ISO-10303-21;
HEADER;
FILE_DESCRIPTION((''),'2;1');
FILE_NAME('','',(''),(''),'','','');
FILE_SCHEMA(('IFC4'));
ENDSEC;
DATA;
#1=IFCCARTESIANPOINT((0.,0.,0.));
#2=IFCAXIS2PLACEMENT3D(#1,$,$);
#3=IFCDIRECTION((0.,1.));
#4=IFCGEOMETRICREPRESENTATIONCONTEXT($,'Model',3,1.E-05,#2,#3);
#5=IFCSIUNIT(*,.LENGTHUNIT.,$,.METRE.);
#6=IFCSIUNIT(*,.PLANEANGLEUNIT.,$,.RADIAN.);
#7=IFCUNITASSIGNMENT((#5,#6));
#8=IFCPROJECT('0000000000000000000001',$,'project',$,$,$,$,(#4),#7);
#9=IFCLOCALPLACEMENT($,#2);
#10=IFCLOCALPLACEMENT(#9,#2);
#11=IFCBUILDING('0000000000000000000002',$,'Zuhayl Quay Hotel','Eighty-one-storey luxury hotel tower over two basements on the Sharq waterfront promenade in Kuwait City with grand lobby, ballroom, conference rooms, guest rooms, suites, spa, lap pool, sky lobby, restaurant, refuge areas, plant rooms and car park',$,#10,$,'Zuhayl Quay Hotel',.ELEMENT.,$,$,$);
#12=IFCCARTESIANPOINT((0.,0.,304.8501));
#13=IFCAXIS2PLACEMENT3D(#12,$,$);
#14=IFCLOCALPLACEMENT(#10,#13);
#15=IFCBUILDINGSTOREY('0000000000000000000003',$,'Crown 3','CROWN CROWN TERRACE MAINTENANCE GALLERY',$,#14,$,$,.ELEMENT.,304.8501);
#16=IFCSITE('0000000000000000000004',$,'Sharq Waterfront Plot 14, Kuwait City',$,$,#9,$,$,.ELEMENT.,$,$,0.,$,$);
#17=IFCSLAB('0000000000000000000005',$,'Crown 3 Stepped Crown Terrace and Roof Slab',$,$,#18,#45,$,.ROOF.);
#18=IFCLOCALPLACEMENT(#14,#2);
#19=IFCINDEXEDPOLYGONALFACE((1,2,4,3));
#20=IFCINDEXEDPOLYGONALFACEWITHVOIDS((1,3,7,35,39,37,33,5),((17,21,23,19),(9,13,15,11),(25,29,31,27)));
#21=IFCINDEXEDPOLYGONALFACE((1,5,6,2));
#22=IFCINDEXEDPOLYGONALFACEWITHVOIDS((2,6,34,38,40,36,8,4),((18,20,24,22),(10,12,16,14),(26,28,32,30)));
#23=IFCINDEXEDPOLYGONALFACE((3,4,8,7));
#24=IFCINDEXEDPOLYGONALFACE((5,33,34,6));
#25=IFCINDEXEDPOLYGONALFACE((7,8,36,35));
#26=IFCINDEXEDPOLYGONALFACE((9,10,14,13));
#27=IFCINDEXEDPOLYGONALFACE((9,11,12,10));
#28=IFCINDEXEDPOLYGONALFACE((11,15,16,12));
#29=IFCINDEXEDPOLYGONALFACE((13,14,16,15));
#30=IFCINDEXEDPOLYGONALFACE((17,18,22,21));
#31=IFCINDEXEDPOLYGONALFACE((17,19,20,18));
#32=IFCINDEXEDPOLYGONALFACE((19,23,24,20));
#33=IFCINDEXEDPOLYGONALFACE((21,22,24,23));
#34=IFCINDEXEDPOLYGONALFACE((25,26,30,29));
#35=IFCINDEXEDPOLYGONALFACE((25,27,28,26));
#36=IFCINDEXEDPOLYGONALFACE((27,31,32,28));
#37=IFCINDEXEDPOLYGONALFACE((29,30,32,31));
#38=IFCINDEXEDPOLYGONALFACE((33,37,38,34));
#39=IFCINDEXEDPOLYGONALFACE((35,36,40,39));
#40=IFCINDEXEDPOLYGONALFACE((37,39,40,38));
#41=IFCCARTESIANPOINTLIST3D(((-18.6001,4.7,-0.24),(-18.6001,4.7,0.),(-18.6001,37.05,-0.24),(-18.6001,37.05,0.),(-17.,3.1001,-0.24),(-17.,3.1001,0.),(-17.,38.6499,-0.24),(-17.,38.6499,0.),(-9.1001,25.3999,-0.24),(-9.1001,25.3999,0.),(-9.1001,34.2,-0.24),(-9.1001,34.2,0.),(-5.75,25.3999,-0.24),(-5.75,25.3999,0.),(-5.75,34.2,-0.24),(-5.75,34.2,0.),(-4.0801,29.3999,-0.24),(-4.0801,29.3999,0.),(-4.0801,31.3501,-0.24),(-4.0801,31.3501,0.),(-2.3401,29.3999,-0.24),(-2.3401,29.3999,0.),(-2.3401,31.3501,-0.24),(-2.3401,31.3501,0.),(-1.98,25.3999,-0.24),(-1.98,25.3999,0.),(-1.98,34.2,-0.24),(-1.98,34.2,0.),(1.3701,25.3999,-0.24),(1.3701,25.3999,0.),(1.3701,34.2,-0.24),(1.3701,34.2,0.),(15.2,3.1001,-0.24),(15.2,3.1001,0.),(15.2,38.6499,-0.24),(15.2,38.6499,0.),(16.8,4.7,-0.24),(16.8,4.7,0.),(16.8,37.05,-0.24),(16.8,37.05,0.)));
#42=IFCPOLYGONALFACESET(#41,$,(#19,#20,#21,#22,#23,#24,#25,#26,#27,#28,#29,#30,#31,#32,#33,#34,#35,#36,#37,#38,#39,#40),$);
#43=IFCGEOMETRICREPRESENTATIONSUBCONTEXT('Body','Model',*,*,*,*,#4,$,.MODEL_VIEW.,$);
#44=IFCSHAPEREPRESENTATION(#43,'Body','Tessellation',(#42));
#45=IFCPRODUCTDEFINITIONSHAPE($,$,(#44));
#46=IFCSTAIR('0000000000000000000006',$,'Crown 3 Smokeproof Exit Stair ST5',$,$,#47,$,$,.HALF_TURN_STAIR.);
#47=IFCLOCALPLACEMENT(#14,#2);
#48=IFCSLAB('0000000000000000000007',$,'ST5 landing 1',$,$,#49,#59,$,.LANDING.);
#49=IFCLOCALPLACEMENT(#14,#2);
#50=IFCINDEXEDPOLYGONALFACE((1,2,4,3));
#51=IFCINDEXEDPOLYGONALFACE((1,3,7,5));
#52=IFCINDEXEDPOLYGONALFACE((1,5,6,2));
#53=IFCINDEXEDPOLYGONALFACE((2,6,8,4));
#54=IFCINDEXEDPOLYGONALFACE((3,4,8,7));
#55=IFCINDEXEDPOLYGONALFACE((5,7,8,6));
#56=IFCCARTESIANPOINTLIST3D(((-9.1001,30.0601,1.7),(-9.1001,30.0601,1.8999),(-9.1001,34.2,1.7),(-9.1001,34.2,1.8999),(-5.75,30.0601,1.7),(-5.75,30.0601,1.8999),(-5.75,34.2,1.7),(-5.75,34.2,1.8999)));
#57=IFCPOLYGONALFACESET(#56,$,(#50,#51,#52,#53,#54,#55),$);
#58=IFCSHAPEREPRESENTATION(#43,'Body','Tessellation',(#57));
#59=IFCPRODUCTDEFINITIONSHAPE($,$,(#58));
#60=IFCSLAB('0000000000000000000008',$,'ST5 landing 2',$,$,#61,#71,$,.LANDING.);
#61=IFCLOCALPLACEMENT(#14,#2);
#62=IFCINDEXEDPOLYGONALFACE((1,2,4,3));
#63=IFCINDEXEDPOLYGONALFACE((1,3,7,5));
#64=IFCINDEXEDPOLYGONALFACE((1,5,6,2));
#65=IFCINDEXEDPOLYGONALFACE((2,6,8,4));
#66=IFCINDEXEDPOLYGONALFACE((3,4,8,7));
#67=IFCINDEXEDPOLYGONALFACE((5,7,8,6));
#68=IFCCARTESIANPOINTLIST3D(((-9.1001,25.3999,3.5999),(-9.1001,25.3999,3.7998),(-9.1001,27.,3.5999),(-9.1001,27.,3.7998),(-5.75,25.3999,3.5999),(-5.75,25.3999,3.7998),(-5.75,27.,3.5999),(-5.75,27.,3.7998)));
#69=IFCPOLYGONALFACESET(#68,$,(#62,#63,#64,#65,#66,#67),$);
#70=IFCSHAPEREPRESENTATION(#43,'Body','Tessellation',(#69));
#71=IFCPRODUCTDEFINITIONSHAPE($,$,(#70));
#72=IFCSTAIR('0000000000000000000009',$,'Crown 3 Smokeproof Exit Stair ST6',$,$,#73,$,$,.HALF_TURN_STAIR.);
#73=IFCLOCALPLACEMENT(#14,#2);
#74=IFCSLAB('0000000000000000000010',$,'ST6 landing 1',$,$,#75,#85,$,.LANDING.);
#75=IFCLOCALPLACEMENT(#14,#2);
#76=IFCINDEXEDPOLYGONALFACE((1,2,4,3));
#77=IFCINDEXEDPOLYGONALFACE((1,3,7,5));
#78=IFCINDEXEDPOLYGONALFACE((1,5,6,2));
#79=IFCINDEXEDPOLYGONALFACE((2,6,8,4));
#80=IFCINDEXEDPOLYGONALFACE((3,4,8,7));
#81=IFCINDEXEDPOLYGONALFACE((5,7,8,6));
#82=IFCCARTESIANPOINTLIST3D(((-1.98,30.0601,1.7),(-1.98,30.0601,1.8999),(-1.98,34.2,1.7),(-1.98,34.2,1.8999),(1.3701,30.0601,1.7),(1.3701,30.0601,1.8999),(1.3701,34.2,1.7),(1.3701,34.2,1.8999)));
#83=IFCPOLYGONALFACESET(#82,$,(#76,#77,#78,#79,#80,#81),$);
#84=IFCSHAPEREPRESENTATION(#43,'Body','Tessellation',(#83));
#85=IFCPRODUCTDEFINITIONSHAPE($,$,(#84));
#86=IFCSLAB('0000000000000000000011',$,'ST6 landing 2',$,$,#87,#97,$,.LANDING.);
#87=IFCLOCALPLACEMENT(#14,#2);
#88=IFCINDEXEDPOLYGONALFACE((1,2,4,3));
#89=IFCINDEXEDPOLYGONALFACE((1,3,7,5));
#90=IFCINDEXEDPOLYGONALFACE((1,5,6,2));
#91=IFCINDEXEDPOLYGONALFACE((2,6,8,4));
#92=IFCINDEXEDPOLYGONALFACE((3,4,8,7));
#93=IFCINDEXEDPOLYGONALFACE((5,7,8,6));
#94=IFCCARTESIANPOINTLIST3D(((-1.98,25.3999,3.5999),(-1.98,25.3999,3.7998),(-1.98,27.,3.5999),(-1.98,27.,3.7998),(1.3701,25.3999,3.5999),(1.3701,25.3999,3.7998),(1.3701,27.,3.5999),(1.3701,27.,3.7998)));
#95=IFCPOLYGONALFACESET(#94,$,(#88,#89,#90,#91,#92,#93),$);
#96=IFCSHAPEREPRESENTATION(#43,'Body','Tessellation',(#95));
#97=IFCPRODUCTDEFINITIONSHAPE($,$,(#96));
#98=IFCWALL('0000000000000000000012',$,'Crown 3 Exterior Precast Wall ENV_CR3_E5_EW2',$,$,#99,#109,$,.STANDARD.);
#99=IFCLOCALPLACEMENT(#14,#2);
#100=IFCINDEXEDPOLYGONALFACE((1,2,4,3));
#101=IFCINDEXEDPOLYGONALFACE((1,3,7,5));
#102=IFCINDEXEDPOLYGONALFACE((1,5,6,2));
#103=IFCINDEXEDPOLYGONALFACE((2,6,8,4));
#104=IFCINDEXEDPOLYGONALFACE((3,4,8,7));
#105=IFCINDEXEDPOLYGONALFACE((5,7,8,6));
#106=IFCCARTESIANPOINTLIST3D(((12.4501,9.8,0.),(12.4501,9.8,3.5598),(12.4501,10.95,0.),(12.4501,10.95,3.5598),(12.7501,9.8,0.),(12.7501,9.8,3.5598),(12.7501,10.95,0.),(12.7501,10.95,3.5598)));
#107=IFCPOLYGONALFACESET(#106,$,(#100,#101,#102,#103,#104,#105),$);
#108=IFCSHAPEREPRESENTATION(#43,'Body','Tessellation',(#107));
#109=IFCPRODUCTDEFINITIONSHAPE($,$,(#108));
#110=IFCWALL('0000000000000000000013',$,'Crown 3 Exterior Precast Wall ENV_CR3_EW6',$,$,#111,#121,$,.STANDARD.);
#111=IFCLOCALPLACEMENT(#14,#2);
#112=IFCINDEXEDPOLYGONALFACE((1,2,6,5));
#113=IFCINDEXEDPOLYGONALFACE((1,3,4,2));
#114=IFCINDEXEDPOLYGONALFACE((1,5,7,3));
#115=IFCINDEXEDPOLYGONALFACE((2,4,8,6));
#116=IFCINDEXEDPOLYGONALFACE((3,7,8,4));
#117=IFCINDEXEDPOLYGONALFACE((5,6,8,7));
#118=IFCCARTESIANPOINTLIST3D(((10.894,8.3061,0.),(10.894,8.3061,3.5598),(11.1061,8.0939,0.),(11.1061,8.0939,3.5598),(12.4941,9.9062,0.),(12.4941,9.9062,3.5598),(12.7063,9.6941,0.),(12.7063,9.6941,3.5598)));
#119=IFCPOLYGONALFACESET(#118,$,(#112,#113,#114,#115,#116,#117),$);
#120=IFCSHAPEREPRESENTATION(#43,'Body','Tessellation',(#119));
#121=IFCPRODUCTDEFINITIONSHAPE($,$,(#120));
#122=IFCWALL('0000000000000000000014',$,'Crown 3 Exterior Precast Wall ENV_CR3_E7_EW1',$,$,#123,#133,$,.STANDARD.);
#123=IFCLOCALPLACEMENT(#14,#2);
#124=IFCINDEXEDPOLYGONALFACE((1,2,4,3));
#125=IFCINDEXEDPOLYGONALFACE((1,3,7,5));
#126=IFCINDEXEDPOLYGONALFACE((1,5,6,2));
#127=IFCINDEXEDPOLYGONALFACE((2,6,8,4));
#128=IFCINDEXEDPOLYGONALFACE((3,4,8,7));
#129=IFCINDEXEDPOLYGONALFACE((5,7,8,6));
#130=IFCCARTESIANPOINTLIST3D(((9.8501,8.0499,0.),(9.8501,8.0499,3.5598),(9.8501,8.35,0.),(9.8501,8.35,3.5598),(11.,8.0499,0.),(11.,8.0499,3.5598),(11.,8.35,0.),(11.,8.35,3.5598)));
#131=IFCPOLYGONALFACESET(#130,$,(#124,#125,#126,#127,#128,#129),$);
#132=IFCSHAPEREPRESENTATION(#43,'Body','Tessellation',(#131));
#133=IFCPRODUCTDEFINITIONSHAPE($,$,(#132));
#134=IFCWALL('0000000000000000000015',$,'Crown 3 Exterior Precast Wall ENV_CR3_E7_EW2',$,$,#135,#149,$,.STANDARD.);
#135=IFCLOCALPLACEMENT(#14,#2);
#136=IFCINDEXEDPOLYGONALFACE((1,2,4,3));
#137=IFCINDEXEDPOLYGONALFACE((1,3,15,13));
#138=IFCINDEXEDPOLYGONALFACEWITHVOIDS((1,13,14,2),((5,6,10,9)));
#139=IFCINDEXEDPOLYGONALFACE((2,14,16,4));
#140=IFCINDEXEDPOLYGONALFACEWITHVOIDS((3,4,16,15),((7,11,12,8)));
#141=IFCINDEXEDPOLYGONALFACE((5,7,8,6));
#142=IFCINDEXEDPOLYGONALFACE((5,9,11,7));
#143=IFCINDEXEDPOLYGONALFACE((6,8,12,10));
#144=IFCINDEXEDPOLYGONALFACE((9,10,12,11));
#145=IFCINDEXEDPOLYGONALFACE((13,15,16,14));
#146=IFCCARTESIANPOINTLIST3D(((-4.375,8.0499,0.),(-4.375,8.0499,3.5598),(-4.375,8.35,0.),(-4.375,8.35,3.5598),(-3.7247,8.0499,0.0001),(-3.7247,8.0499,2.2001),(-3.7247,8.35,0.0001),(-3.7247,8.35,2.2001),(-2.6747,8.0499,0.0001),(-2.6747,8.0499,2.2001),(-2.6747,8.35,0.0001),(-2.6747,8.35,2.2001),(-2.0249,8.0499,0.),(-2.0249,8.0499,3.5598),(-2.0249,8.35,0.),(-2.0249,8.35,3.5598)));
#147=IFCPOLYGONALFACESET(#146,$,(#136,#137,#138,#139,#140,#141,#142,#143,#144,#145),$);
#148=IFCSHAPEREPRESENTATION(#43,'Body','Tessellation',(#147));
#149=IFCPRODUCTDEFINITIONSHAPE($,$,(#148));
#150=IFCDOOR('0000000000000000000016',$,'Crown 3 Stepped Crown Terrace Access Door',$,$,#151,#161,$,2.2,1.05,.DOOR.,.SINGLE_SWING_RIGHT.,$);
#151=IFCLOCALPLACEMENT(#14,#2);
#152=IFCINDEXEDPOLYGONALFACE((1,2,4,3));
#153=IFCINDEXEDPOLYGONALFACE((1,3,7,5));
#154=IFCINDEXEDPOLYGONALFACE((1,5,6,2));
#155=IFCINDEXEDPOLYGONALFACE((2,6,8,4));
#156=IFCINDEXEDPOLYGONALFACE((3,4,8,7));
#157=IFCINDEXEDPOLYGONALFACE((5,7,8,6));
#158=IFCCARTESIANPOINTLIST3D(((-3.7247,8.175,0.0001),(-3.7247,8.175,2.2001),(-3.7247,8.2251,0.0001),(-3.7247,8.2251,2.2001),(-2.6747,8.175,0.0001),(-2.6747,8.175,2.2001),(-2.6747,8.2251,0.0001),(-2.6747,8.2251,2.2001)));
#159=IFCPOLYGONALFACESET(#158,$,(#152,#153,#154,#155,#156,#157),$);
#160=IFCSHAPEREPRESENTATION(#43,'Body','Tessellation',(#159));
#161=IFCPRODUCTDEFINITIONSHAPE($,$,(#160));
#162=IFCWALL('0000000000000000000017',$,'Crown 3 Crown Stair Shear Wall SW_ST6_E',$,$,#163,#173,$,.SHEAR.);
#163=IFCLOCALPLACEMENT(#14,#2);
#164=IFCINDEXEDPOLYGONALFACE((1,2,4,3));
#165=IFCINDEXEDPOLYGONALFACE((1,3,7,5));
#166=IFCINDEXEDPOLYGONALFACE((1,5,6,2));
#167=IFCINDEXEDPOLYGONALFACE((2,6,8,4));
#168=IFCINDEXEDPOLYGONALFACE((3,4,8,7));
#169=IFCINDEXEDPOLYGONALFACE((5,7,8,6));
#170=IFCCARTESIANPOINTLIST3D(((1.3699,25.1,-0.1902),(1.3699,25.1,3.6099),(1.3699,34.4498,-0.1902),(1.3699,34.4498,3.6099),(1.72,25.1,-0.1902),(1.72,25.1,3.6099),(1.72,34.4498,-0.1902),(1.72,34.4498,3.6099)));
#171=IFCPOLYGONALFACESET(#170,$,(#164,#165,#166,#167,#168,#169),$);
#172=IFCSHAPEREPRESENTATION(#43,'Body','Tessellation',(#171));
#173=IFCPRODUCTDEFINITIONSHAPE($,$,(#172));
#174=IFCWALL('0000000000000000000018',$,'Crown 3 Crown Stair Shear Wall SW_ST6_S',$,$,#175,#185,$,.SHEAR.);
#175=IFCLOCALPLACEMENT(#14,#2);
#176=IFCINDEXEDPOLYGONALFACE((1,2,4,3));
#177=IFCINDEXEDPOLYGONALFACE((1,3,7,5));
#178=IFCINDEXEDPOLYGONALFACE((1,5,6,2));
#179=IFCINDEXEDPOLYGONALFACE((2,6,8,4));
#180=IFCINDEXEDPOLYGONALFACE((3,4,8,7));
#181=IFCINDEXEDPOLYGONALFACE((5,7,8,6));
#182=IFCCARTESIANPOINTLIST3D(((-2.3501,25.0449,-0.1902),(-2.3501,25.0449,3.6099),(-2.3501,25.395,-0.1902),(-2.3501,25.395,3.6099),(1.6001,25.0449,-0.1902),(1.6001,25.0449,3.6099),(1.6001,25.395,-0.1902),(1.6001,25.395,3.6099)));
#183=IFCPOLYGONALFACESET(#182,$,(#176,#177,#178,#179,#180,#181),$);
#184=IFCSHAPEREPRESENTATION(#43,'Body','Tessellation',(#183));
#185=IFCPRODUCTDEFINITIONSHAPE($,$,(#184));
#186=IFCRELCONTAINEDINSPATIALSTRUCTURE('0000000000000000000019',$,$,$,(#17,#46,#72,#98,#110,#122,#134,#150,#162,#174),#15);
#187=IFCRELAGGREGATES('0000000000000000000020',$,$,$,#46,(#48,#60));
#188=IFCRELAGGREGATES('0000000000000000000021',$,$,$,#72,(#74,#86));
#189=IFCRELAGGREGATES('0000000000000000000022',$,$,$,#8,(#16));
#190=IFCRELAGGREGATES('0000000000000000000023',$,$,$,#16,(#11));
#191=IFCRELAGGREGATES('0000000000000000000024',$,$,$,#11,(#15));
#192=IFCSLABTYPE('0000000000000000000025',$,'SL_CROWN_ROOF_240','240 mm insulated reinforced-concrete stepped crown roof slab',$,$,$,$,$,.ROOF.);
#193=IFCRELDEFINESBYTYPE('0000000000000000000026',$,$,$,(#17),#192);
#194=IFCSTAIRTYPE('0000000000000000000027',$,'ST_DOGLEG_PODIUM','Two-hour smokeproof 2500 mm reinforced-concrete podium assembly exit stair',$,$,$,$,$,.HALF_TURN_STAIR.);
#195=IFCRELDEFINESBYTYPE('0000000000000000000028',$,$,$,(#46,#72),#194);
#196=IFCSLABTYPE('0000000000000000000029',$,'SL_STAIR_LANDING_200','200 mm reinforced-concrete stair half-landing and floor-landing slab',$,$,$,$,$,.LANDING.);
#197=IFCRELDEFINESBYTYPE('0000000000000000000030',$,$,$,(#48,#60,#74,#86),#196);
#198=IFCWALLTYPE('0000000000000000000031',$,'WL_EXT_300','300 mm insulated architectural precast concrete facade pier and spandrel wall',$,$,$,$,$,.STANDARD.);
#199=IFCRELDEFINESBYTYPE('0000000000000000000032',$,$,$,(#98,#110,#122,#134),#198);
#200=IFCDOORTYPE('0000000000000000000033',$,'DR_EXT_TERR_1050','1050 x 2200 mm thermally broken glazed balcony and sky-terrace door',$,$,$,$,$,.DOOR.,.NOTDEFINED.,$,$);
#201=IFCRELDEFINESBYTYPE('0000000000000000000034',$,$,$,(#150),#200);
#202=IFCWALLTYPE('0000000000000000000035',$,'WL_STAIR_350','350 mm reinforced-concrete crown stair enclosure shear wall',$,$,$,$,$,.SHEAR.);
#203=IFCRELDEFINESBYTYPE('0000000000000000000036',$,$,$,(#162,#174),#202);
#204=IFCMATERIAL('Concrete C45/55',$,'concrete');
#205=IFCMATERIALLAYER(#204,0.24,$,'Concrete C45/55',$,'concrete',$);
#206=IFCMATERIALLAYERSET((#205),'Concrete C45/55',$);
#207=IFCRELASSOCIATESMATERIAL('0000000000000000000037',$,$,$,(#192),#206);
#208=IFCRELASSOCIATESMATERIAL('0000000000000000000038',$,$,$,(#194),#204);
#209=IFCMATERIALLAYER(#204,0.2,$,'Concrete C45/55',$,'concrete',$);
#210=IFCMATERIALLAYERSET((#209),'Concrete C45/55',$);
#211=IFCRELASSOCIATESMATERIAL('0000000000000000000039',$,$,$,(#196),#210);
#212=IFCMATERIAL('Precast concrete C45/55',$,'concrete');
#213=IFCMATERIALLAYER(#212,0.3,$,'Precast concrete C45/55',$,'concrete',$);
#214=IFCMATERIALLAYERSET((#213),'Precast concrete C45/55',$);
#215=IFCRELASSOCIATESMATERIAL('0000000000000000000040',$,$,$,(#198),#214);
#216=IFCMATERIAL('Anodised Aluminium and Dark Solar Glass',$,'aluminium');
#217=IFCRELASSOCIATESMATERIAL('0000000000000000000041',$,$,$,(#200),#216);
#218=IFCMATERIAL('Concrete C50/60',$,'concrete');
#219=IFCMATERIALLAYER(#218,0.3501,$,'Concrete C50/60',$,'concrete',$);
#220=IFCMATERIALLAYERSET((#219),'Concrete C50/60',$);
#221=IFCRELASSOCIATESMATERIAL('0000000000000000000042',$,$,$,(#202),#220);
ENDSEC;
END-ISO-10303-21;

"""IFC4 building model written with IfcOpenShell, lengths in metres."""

from ifc_helpers import new_model, si_unit, direction, frame, frame_2d, origin, place, context, subcontext, project, spatial, polyline, rectangle, outline, extrude, material, layer, layer_set, type_object, element, fill, aggregate, save


model = new_model("IFC4")

# Units and contexts
model_context = context("Model", 3, precision=1e-05, world=origin(), true_north=direction((0.0, 1.0)))
body_context = subcontext(model_context, "Body", "Model", "MODEL_VIEW")
ifc_project = project(units=[si_unit("LENGTHUNIT", "METRE"), si_unit("PLANEANGLEUNIT", "RADIAN")], contexts=[model_context])

# Site, building, storey
site_placement = place(None, origin())
site = spatial("IfcSite", under=ifc_project, at=site_placement, Name="Sharq Waterfront Plot 14, Kuwait City", CompositionType="ELEMENT", RefElevation=0.0)
building_placement = place(site_placement, origin())
building = spatial("IfcBuilding", under=site, at=building_placement, Name="Zuhayl Quay Hotel", Description="Eighty-one-storey luxury hotel tower over two basements on the Sharq waterfront promenade in Kuwait City with grand lobby, ballroom, conference rooms, guest rooms, suites, spa, lap pool, sky lobby, restaurant, refuge areas, plant rooms and car park", LongName="Zuhayl Quay Hotel", CompositionType="ELEMENT")
storey_placement = place(building_placement, frame((0.0, 0.0, 304.8501)))
storey = spatial("IfcBuildingStorey", under=building, at=storey_placement, Name="Crown 3", Description="CROWN CROWN TERRACE MAINTENANCE GALLERY", CompositionType="ELEMENT", Elevation=304.8501)

# Slab
ifc_material_1 = material(Name="Concrete C45/55", Category="concrete")
ifc_layer_1 = layer(ifc_material_1, 0.24, Name="Concrete C45/55", Category="concrete")
ifc_layer_set_1 = layer_set([ifc_layer_1], Name="Concrete C45/55")
slab_type_1 = type_object("IfcSlabType", Name="SL_CROWN_ROOF_240", Description="240 mm insulated reinforced-concrete stepped crown roof slab", PredefinedType="ROOF", material=ifc_layer_set_1)
slab_1_placement = place(storey_placement, frame((0.0, 0.0, -0.24)))
element("IfcSlab", 1, at=slab_1_placement, inside=storey, type_object=slab_type_1, Name="Crown 3 Stepped Crown Terrace and Roof Slab", PredefinedType="ROOF", context=body_context, shape_type="SweptSolid", body=[
    extrude(outline(polyline([(-17.0, 3.1001), (15.2, 3.1001), (16.8, 4.7), (16.8, 37.05), (15.2, 38.6499), (-17.0, 38.6499), (-18.6001, 37.05), (-18.6001, 4.7), (-17.0, 3.1001)]), holes=[polyline([(-5.75, 25.3999), (-5.75, 34.2), (-9.1001, 34.2), (-9.1001, 25.3999), (-5.75, 25.3999)]), polyline([(1.3701, 25.3999), (1.3701, 34.2), (-1.98, 34.2), (-1.98, 25.3999), (1.3701, 25.3999)]), polyline([(-4.0801, 29.3999), (-2.3401, 29.3999), (-2.3401, 31.3501), (-4.0801, 31.3501), (-4.0801, 29.3999)])]), origin(), (0.0, 0.0, 1.0), 0.24),
])

# Stairs, slabs
stair_type = type_object("IfcStairType", Name="ST_DOGLEG_PODIUM", Description="Two-hour smokeproof 2500 mm reinforced-concrete podium assembly exit stair", PredefinedType="HALF_TURN_STAIR", material=ifc_material_1)
stair_1_placement = place(storey_placement, origin())
stair_1 = element("IfcStair", 2, at=stair_1_placement, inside=storey, type_object=stair_type, Name="Crown 3 Smokeproof Exit Stair ST5", PredefinedType="HALF_TURN_STAIR")
ifc_layer_2 = layer(ifc_material_1, 0.2, Name="Concrete C45/55", Category="concrete")
ifc_layer_set_2 = layer_set([ifc_layer_2], Name="Concrete C45/55")
slab_type_2 = type_object("IfcSlabType", Name="SL_STAIR_LANDING_200", Description="200 mm reinforced-concrete stair half-landing and floor-landing slab", PredefinedType="LANDING", material=ifc_layer_set_2)
slab_2_placement = place(storey_placement, frame((0.0, 0.0, 1.7)))
slab_2 = element("IfcSlab", 3, at=slab_2_placement, type_object=slab_type_2, Name="ST5 landing 1", PredefinedType="LANDING", context=body_context, shape_type="SweptSolid", body=[
    extrude(outline(polyline([(-5.75, 30.0601), (-5.75, 34.2), (-9.1001, 34.2), (-9.1001, 30.0601), (-5.75, 30.0601)])), origin(), (0.0, 0.0, 1.0), 0.2),
])
slab_3_placement = place(storey_placement, frame((0.0, 0.0, 3.5999)))
slab_3 = element("IfcSlab", 4, at=slab_3_placement, type_object=slab_type_2, Name="ST5 landing 2", PredefinedType="LANDING", context=body_context, shape_type="SweptSolid", body=[
    extrude(outline(polyline([(-5.75, 25.3999), (-5.75, 27.0), (-9.1001, 27.0), (-9.1001, 25.3999), (-5.75, 25.3999)])), origin(), (0.0, 0.0, 1.0), 0.2),
])
aggregate(stair_1, [slab_2, slab_3])
stair_2_placement = place(storey_placement, origin())
stair_2 = element("IfcStair", 5, at=stair_2_placement, inside=storey, type_object=stair_type, Name="Crown 3 Smokeproof Exit Stair ST6", PredefinedType="HALF_TURN_STAIR")
slab_4_placement = place(storey_placement, frame((0.0, 0.0, 1.7)))
slab_4 = element("IfcSlab", 6, at=slab_4_placement, type_object=slab_type_2, Name="ST6 landing 1", PredefinedType="LANDING", context=body_context, shape_type="SweptSolid", body=[
    extrude(outline(polyline([(1.3701, 30.0601), (1.3701, 34.2), (-1.98, 34.2), (-1.98, 30.0601), (1.3701, 30.0601)])), origin(), (0.0, 0.0, 1.0), 0.2),
])
slab_5_placement = place(storey_placement, frame((0.0, 0.0, 3.5999)))
slab_5 = element("IfcSlab", 7, at=slab_5_placement, type_object=slab_type_2, Name="ST6 landing 2", PredefinedType="LANDING", context=body_context, shape_type="SweptSolid", body=[
    extrude(outline(polyline([(1.3701, 25.3999), (1.3701, 27.0), (-1.98, 27.0), (-1.98, 25.3999), (1.3701, 25.3999)])), origin(), (0.0, 0.0, 1.0), 0.2),
])
aggregate(stair_2, [slab_4, slab_5])

# Walls
ifc_material_2 = material(Name="Precast concrete C45/55", Category="concrete")
ifc_layer_3 = layer(ifc_material_2, 0.3, Name="Precast concrete C45/55", Category="concrete")
ifc_layer_set_3 = layer_set([ifc_layer_3], Name="Precast concrete C45/55")
wall_type_1 = type_object("IfcWallType", Name="WL_EXT_300", Description="300 mm insulated architectural precast concrete facade pier and spandrel wall", PredefinedType="STANDARD", material=ifc_layer_set_3)
wall_1_placement = place(storey_placement, frame((12.6001, 10.95, 0.0), z_axis=(0.0, 0.0, 1.0), x_axis=(0.0, -1.0, 0.0)))
element("IfcWall", 8, at=wall_1_placement, inside=storey, type_object=wall_type_1, Name="Crown 3 Exterior Precast Wall ENV_CR3_E5_EW2", PredefinedType="STANDARD", context=body_context, shape_type="SweptSolid", body=[
    extrude(rectangle(XDim=1.1499, YDim=0.3, at=frame_2d((0.575, 0.0))), origin(), (0.0, 0.0, 1.0), 3.5598),
])
wall_2_placement = place(storey_placement, frame((12.6001, 9.8, 0.0), z_axis=(0.0, 0.0, 1.0), x_axis=(-0.707107, -0.707107, 0.0)))
element("IfcWall", 9, at=wall_2_placement, inside=storey, type_object=wall_type_1, Name="Crown 3 Exterior Precast Wall ENV_CR3_EW6", PredefinedType="STANDARD", context=body_context, shape_type="SweptSolid", body=[
    extrude(rectangle(XDim=2.2629, YDim=0.3, at=frame_2d((1.1313, 0.0))), origin(), (0.0, 0.0, 1.0), 3.5598),
])
wall_3_placement = place(storey_placement, frame((11.0, 8.2, 0.0), z_axis=(0.0, 0.0, 1.0), x_axis=(-1.0, 0.0, 0.0)))
element("IfcWall", 10, at=wall_3_placement, inside=storey, type_object=wall_type_1, Name="Crown 3 Exterior Precast Wall ENV_CR3_E7_EW1", PredefinedType="STANDARD", context=body_context, shape_type="SweptSolid", body=[
    extrude(rectangle(XDim=1.1499, YDim=0.3, at=frame_2d((0.575, 0.0))), origin(), (0.0, 0.0, 1.0), 3.5598),
])

# Wall, opening, door
wall_4_placement = place(storey_placement, frame((-2.0249, 8.2, 0.0), z_axis=(0.0, 0.0, 1.0), x_axis=(-1.0, 0.0, 0.0)))
wall_4 = element("IfcWall", 11, at=wall_4_placement, inside=storey, type_object=wall_type_1, Name="Crown 3 Exterior Precast Wall ENV_CR3_E7_EW2", PredefinedType="STANDARD", context=body_context, shape_type="SweptSolid", body=[
    extrude(rectangle(XDim=2.3501, YDim=0.3, at=frame_2d((1.175, 0.0))), origin(), (0.0, 0.0, 1.0), 3.5598),
])
opening_placement = place(wall_4_placement, frame((0.6499, 0.0, 0.0)))
opening = element("IfcOpeningElement", 12, at=opening_placement, cuts=wall_4, PredefinedType="OPENING", context=body_context, shape_type="SweptSolid", body=[
    extrude(rectangle(XDim=1.05, YDim=2.2, at=frame_2d((0.5249, 1.1001))), frame((0.0, 0.1599, 0.0), z_axis=(0.0, -1.0, 0.0), x_axis=(1.0, 0.0, 0.0)), (0.0, 0.0, 1.0), 0.3201),
])
ifc_material_3 = material(Name="Anodised Aluminium and Dark Solar Glass", Category="aluminium")
door_type = type_object("IfcDoorType", Name="DR_EXT_TERR_1050", Description="1050 x 2200 mm thermally broken glazed balcony and sky-terrace door", OperationType="NOTDEFINED", PredefinedType="DOOR", material=ifc_material_3)
door_placement = place(opening_placement, origin())
door = element("IfcDoor", 13, at=door_placement, inside=storey, type_object=door_type, Name="Crown 3 Stepped Crown Terrace Access Door", OperationType="SINGLE_SWING_RIGHT", OverallHeight=2.2, OverallWidth=1.05, PredefinedType="DOOR", context=body_context, shape_type="SweptSolid", body=[
    extrude(rectangle(XDim=1.05, YDim=2.2, at=frame_2d((0.5249, 1.1001))), frame((0.0, 0.0249, 0.0), z_axis=(0.0, -1.0, 0.0), x_axis=(1.0, 0.0, 0.0)), (0.0, 0.0, 1.0), 0.05),
])
fill(opening, door)

# Walls
ifc_material_4 = material(Name="Concrete C50/60", Category="concrete")
ifc_layer_4 = layer(ifc_material_4, 0.3501, Name="Concrete C50/60", Category="concrete")
ifc_layer_set_4 = layer_set([ifc_layer_4], Name="Concrete C50/60")
wall_type_2 = type_object("IfcWallType", Name="WL_STAIR_350", Description="350 mm reinforced-concrete crown stair enclosure shear wall", PredefinedType="SHEAR", material=ifc_layer_set_4)
wall_5_placement = place(storey_placement, frame((1.5449, 25.1001, -0.1902), z_axis=(0.0, 0.0, 1.0), x_axis=(0.0, 1.0, 0.0)))
element("IfcWall", 14, at=wall_5_placement, inside=storey, type_object=wall_type_2, Name="Crown 3 Crown Stair Shear Wall SW_ST6_E", PredefinedType="SHEAR", context=body_context, shape_type="SweptSolid", body=[
    extrude(rectangle(XDim=9.3499, YDim=0.3501, at=frame_2d((4.6748, 0.0))), origin(), (0.0, 0.0, 1.0), 3.8),
])
wall_6_placement = place(storey_placement, frame((-2.3501, 25.22, -0.1902), z_axis=(0.0, 0.0, 1.0), x_axis=(1.0, 0.0, 0.0)))
element("IfcWall", 15, at=wall_6_placement, inside=storey, type_object=wall_type_2, Name="Crown 3 Crown Stair Shear Wall SW_ST6_S", PredefinedType="SHEAR", context=body_context, shape_type="SweptSolid", body=[
    extrude(rectangle(XDim=3.9502, YDim=0.3501, at=frame_2d((1.9751, 0.0))), origin(), (0.0, 0.0, 1.0), 3.8),
])

save(model, "model.ifc")
